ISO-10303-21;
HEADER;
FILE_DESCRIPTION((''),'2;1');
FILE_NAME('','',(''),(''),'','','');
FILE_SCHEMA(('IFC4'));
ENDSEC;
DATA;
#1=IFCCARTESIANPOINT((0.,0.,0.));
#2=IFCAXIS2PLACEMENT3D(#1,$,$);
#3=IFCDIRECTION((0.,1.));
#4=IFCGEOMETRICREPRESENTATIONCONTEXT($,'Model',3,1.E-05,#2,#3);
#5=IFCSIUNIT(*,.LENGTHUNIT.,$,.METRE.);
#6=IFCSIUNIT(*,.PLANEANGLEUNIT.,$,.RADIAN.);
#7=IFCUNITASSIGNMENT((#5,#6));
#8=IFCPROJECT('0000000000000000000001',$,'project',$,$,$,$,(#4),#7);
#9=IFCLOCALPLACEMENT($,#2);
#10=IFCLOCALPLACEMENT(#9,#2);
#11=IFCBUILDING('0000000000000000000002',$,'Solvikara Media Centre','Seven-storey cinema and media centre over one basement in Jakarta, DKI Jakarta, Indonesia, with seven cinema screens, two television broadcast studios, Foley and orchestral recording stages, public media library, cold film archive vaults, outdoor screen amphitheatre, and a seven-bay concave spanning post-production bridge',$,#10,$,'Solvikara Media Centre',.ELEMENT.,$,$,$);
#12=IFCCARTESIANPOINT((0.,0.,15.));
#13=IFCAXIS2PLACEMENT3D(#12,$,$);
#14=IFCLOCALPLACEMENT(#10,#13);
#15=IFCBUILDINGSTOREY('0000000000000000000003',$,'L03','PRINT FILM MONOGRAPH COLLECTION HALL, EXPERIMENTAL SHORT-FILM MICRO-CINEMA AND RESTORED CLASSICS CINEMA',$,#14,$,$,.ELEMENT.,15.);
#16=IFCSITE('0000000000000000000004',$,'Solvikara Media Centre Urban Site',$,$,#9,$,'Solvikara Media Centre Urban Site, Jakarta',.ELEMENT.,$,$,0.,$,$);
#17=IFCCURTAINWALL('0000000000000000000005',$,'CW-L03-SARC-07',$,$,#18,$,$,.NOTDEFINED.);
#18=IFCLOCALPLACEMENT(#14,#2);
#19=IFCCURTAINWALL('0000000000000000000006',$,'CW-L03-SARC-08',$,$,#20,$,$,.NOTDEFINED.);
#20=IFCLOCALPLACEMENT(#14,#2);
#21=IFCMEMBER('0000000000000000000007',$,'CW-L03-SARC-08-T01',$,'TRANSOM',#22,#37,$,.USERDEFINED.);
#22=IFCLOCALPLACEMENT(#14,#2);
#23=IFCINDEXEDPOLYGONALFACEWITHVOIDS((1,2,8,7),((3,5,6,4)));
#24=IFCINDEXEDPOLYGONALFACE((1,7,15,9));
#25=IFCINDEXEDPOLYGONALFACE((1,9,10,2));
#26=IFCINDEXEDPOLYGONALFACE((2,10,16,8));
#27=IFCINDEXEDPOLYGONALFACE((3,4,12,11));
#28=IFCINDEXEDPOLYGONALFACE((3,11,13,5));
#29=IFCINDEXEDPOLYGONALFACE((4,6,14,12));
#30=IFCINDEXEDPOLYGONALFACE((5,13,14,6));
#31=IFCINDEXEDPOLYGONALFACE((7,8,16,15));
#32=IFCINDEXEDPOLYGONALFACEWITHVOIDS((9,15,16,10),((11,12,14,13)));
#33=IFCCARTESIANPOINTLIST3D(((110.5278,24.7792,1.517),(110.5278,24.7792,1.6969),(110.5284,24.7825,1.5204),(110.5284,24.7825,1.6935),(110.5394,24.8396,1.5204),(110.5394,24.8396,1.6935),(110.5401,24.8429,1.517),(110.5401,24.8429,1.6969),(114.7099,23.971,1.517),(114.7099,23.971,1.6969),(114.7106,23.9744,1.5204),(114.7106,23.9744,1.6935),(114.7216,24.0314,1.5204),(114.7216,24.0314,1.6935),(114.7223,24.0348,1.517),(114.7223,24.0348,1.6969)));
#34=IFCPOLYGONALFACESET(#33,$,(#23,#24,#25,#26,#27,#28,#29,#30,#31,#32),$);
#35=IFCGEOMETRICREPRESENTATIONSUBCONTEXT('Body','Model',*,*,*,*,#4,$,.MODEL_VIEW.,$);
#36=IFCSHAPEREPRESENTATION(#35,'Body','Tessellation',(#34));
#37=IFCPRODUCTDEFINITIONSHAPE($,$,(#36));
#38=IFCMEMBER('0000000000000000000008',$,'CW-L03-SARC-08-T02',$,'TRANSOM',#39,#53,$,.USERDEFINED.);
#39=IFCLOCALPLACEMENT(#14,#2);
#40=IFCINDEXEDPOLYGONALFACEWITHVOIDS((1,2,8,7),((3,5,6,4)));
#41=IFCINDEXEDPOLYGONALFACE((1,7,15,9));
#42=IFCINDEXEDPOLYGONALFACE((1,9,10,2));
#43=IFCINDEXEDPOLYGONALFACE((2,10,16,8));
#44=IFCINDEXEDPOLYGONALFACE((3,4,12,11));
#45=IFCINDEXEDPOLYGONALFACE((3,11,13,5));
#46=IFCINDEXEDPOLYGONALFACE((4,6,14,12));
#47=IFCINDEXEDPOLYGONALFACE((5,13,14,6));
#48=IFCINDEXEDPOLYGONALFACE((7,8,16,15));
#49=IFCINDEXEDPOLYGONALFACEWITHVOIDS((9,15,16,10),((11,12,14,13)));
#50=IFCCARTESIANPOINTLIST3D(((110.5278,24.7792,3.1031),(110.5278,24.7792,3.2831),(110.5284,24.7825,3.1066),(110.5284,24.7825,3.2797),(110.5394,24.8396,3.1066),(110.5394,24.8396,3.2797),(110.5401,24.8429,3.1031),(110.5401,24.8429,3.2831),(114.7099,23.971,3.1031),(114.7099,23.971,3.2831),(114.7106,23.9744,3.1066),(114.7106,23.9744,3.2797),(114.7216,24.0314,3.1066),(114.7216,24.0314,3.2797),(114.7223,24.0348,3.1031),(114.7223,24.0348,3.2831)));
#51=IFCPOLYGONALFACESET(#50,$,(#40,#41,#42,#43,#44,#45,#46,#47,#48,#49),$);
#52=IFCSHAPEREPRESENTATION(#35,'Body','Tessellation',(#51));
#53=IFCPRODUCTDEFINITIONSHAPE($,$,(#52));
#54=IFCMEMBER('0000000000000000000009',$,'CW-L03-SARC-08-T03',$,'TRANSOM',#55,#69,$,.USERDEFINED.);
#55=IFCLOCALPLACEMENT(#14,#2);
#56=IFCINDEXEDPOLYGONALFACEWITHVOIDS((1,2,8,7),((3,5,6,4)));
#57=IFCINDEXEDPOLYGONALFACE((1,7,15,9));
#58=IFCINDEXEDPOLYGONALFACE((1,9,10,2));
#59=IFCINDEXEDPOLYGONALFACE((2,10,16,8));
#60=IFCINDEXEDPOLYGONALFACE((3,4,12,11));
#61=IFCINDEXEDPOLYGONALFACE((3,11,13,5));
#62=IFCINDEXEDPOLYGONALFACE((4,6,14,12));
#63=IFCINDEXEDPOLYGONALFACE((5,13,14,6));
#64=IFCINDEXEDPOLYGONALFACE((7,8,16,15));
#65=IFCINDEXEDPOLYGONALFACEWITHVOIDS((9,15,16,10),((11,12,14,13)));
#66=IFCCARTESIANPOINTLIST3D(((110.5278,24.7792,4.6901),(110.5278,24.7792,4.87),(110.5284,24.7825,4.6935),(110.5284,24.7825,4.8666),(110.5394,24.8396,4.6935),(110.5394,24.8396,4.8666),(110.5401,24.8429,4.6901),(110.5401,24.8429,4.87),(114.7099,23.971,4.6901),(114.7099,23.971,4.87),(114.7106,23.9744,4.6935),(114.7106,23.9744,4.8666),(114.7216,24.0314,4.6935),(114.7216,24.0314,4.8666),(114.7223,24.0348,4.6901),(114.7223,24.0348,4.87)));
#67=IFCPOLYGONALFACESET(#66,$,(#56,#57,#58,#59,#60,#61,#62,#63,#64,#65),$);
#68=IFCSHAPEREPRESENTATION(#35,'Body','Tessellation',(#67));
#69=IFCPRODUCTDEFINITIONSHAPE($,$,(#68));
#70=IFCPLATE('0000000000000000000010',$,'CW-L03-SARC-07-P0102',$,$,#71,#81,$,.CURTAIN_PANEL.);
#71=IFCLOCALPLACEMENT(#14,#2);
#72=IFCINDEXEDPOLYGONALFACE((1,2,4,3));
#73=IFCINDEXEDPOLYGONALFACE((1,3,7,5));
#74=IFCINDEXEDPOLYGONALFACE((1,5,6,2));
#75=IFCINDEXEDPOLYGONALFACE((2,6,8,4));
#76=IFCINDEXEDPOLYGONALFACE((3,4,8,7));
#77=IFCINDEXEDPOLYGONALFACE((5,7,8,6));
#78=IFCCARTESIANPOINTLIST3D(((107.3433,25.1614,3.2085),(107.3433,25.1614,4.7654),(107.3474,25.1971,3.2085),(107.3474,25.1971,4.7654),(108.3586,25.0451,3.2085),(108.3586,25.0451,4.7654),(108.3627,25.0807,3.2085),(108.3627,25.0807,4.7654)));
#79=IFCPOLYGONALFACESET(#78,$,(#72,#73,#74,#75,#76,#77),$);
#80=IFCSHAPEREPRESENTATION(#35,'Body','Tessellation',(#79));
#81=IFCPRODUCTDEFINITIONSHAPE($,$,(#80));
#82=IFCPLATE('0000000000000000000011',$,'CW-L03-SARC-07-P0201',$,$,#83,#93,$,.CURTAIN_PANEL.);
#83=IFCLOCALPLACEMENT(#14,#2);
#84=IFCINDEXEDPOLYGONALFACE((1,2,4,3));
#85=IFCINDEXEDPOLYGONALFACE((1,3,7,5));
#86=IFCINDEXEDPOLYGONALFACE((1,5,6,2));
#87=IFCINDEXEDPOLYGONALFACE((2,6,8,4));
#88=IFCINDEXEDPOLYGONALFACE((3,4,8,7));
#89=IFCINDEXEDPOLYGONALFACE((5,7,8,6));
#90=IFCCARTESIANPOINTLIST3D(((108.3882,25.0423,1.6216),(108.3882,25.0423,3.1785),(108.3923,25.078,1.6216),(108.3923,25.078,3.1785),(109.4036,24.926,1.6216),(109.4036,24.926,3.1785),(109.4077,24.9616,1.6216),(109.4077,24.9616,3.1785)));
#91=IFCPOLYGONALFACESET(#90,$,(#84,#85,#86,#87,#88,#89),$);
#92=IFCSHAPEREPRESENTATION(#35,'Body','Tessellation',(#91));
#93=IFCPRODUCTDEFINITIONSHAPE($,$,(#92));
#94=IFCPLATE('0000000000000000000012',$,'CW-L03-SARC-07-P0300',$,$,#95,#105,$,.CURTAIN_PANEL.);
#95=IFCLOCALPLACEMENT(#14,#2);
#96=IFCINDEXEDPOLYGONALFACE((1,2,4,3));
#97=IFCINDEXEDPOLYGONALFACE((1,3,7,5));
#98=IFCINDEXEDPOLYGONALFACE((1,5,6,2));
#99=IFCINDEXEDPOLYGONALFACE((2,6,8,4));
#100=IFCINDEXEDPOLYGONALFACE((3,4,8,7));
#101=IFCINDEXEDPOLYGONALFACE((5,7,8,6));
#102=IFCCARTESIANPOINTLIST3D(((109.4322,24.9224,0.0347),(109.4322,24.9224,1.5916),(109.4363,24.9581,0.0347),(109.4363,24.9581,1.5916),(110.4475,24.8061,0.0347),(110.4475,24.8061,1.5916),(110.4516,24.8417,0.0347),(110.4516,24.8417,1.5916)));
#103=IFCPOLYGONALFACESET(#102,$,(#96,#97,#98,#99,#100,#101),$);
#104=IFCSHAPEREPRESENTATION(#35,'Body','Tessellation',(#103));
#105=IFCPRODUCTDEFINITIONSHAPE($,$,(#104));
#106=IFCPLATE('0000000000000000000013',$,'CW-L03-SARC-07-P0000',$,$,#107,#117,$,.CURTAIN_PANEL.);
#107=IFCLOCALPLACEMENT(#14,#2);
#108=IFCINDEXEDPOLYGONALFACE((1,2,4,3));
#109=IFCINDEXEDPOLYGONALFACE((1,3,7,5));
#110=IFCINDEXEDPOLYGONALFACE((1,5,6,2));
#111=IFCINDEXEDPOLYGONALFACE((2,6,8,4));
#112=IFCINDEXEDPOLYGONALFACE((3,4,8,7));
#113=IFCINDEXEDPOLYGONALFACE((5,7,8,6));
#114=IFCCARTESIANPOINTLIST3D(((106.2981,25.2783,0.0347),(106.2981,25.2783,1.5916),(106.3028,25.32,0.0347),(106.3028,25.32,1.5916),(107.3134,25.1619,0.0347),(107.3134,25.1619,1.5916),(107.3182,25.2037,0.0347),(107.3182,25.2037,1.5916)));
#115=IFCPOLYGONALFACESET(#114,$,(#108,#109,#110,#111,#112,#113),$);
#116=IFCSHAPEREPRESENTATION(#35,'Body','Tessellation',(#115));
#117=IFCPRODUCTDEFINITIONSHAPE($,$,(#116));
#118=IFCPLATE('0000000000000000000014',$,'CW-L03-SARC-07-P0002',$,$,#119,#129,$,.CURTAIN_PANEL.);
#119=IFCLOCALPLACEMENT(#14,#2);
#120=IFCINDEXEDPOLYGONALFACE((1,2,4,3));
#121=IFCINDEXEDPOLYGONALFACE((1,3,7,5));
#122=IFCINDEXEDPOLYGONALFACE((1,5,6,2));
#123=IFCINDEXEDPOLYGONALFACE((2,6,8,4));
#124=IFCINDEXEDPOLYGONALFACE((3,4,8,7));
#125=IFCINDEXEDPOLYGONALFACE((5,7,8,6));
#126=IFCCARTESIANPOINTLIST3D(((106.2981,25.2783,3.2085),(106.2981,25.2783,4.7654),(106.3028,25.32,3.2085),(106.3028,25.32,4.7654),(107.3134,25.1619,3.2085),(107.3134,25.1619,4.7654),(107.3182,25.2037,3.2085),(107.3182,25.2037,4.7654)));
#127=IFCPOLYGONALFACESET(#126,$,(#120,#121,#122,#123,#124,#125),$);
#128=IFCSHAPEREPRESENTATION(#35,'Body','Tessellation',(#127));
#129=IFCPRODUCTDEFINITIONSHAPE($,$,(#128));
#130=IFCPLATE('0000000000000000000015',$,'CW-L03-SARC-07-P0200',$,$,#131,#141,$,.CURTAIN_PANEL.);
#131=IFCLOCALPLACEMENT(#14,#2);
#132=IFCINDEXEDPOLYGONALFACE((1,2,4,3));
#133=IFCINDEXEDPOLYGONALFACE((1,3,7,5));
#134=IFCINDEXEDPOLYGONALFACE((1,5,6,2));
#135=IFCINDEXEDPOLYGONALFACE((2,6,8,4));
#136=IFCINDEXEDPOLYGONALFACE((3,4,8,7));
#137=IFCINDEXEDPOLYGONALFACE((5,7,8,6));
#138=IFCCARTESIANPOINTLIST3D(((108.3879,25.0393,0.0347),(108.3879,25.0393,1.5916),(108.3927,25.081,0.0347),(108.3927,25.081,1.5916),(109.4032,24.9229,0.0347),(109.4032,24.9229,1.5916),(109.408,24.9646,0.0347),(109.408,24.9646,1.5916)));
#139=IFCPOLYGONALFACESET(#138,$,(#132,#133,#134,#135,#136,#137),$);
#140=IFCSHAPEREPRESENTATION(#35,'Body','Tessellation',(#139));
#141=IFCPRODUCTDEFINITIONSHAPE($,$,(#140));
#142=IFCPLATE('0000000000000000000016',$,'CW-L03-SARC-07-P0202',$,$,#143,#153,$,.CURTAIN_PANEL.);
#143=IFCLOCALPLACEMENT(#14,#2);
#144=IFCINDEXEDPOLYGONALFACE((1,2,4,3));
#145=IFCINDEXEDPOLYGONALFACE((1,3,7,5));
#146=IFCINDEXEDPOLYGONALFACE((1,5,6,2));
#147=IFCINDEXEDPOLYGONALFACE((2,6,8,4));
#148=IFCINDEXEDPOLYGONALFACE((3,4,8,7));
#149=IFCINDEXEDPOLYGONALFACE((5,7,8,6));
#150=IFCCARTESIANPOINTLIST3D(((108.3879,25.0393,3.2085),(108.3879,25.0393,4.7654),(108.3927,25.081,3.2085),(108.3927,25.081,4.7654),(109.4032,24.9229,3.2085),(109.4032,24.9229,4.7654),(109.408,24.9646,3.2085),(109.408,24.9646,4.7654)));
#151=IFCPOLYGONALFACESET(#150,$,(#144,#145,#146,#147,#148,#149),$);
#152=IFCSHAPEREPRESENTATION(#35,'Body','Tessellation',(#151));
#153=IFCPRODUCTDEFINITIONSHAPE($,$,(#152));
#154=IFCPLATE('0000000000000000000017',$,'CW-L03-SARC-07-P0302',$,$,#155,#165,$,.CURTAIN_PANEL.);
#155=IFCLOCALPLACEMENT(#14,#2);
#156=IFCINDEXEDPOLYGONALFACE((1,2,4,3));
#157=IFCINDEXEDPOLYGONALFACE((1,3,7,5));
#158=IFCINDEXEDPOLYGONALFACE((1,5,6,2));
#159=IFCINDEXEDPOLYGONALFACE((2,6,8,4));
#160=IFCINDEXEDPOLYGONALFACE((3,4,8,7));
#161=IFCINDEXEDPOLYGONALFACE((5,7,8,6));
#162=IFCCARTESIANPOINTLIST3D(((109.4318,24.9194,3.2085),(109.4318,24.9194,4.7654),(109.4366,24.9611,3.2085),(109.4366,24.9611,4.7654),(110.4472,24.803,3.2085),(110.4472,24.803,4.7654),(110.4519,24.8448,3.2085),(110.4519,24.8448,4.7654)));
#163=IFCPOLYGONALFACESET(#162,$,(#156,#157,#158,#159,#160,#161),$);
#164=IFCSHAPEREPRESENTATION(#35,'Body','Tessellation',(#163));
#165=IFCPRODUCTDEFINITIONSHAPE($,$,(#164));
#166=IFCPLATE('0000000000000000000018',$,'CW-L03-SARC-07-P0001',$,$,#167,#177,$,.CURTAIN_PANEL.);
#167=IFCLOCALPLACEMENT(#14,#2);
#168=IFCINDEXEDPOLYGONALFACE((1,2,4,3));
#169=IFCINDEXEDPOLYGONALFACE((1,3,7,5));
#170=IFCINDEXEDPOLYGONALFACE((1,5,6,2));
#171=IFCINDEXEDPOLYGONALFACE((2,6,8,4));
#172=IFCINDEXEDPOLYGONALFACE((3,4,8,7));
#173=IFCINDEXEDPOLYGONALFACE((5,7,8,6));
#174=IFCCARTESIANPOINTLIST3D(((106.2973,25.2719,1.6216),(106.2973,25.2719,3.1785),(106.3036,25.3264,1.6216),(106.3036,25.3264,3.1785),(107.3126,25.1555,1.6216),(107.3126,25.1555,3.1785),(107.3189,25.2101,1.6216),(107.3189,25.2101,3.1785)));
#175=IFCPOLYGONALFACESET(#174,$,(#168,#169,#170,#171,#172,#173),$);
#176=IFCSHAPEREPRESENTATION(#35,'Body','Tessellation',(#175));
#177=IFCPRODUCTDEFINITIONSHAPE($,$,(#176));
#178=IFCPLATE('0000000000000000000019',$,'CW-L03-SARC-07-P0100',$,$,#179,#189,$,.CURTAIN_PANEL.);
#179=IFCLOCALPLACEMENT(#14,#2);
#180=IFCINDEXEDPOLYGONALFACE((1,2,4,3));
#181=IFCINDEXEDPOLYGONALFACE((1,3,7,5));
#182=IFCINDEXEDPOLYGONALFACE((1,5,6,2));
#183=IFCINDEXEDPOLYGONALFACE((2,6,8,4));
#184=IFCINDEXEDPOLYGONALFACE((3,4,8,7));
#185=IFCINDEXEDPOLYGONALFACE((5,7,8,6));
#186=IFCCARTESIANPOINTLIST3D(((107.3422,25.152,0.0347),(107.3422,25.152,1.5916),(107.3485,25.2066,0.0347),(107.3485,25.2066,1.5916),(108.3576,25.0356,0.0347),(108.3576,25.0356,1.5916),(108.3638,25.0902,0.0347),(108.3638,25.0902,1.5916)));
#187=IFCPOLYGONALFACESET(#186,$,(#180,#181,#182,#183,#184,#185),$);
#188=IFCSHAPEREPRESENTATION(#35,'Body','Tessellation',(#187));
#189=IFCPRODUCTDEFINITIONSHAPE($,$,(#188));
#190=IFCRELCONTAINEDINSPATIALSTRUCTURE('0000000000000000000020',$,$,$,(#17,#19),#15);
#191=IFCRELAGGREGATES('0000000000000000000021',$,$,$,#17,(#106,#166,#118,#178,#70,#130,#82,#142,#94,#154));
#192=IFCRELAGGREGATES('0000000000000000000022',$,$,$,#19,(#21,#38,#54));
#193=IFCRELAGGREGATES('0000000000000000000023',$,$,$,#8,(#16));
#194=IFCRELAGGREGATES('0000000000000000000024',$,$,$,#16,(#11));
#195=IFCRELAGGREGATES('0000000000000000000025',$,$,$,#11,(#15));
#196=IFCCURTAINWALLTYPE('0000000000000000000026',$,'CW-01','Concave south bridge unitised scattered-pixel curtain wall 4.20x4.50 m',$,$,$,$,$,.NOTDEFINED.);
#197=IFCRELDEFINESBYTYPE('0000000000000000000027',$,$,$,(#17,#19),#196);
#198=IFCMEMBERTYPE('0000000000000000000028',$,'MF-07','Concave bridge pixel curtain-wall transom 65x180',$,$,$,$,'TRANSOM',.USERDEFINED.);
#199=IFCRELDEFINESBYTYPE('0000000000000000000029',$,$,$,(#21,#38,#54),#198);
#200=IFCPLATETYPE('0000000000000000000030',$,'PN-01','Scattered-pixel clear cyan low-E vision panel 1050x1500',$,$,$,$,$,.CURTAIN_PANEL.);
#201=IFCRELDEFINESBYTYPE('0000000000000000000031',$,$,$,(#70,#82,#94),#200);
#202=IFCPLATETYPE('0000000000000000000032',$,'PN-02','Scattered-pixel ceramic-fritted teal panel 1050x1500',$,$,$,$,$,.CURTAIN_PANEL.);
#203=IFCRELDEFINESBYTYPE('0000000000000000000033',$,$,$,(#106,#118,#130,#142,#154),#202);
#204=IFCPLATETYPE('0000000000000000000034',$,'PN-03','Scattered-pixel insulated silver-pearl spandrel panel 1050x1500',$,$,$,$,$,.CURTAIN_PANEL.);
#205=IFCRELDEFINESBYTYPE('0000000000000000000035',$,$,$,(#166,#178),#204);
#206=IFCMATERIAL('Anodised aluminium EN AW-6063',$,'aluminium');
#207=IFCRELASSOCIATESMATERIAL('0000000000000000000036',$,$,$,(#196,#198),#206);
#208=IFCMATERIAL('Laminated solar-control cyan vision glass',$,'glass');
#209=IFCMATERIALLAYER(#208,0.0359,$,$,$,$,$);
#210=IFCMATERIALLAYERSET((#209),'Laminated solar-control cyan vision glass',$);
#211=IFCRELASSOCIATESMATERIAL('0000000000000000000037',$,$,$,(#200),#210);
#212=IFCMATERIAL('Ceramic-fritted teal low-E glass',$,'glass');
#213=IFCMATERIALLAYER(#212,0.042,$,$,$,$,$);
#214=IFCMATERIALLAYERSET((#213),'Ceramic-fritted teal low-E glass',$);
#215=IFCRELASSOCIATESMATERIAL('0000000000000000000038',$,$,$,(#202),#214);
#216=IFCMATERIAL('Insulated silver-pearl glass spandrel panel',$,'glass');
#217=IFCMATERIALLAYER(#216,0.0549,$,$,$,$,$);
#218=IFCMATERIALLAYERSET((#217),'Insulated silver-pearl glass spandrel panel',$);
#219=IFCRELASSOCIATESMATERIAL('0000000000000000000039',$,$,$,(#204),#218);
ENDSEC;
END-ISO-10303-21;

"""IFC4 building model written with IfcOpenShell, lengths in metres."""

from ifc_helpers import new_model, si_unit, direction, frame, origin, origin_2d, place, context, subcontext, project, spatial, rectangle, hollow_rectangle, extrude, material, layer, layer_set, material_profile, profile_set, type_object, element, aggregate, save


model = new_model("IFC4")

# Units and contexts
model_context = context("Model", 3, precision=1e-05, world=origin(), true_north=direction((0.0, 1.0)))
body_context = subcontext(model_context, "Body", "Model", "MODEL_VIEW")
ifc_project = project(units=[si_unit("LENGTHUNIT", "METRE"), si_unit("PLANEANGLEUNIT", "RADIAN")], contexts=[model_context])

# Site, building, storey
site_placement = place(None, origin())
site = spatial("IfcSite", under=ifc_project, at=site_placement, Name="Solvikara Media Centre Urban Site", LongName="Solvikara Media Centre Urban Site, Jakarta", CompositionType="ELEMENT", RefElevation=0.0)
building_placement = place(site_placement, origin())
building = spatial("IfcBuilding", under=site, at=building_placement, Name="Solvikara Media Centre", Description="Seven-storey cinema and media centre over one basement in Jakarta, DKI Jakarta, Indonesia, with seven cinema screens, two television broadcast studios, Foley and orchestral recording stages, public media library, cold film archive vaults, outdoor screen amphitheatre, and a seven-bay concave spanning post-production bridge", LongName="Solvikara Media Centre", CompositionType="ELEMENT")
storey_placement = place(building_placement, frame((0.0, 0.0, 15.0)))
storey = spatial("IfcBuildingStorey", under=building, at=storey_placement, Name="L03", Description="PRINT FILM MONOGRAPH COLLECTION HALL, EXPERIMENTAL SHORT-FILM MICRO-CINEMA AND RESTORED CLASSICS CINEMA", CompositionType="ELEMENT", Elevation=15.0)

# Curtain wall
ifc_material_1 = material(Name="Anodised aluminium EN AW-6063", Category="aluminium")
curtain_wall_type = type_object("IfcCurtainWallType", Name="CW-01", Description="Concave south bridge unitised scattered-pixel curtain wall 4.20x4.50 m", PredefinedType="NOTDEFINED", material=ifc_material_1)
curtain_wall_1_placement = place(storey_placement, origin())
curtain_wall_1 = element("IfcCurtainWall", 1, at=curtain_wall_1_placement, inside=storey, type_object=curtain_wall_type, Name="CW-L03-SARC-07", PredefinedType="NOTDEFINED")

# Curtain wall
curtain_wall_2_placement = place(storey_placement, origin())
curtain_wall_2 = element("IfcCurtainWall", 2, at=curtain_wall_2_placement, inside=storey, type_object=curtain_wall_type, Name="CW-L03-SARC-08", PredefinedType="NOTDEFINED")

# Members
ifc_material_profile_1 = material_profile(ifc_material_1, hollow_rectangle(XDim=0.0649, YDim=0.1799, WallThickness=0.0034, at=origin_2d()), Name="ALU-T 65x180x3.5")
ifc_profile_set_1 = profile_set([ifc_material_profile_1], Name="Anodised aluminium EN AW-6063")
member_type_1 = type_object("IfcMemberType", Name="MF-07", Description="Concave bridge pixel curtain-wall transom 65x180", ElementType="TRANSOM", PredefinedType="USERDEFINED", material=ifc_profile_set_1)
member_1_placement = place(storey_placement, frame((110.5339, 24.811, 1.6069), z_axis=(0.981838, -0.189719, 0.0), x_axis=(0.189719, 0.981838, 0.0)))
member_1 = element("IfcMember", 3, at=member_1_placement, type_object=member_type_1, Name="CW-L03-SARC-08-T01", ObjectType="TRANSOM", PredefinedType="USERDEFINED", context=body_context, shape_type="SweptSolid", body=[
    extrude(hollow_rectangle(XDim=0.0649, YDim=0.1799, WallThickness=0.0034, at=origin_2d()), origin(), (0.0, 0.0, 1.0), 4.2595),
])
member_2_placement = place(storey_placement, frame((110.5339, 24.811, 3.1931), z_axis=(0.981838, -0.189719, 0.0), x_axis=(0.189719, 0.981838, 0.0)))
member_2 = element("IfcMember", 4, at=member_2_placement, type_object=member_type_1, Name="CW-L03-SARC-08-T02", ObjectType="TRANSOM", PredefinedType="USERDEFINED", context=body_context, shape_type="SweptSolid", body=[
    extrude(hollow_rectangle(XDim=0.0649, YDim=0.1799, WallThickness=0.0034, at=origin_2d()), origin(), (0.0, 0.0, 1.0), 4.2595),
])
member_3_placement = place(storey_placement, frame((110.5339, 24.811, 4.78), z_axis=(0.981838, -0.189719, 0.0), x_axis=(0.189719, 0.981838, 0.0)))
member_3 = element("IfcMember", 5, at=member_3_placement, type_object=member_type_1, Name="CW-L03-SARC-08-T03", ObjectType="TRANSOM", PredefinedType="USERDEFINED", context=body_context, shape_type="SweptSolid", body=[
    extrude(hollow_rectangle(XDim=0.0649, YDim=0.1799, WallThickness=0.0034, at=origin_2d()), origin(), (0.0, 0.0, 1.0), 4.2595),
])

# Plates
ifc_material_2 = material(Name="Laminated solar-control cyan vision glass", Category="glass")
ifc_layer_1 = layer(ifc_material_2, 0.0359)
ifc_layer_set_1 = layer_set([ifc_layer_1], Name="Laminated solar-control cyan vision glass")
plate_type_1 = type_object("IfcPlateType", Name="PN-01", Description="Scattered-pixel clear cyan low-E vision panel 1050x1500", PredefinedType="CURTAIN_PANEL", material=ifc_layer_set_1)
plate_1_placement = place(storey_placement, frame((107.853, 25.1211, 3.2085), z_axis=(0.0, 0.0, 1.0), x_axis=(0.993499, -0.113845, 0.0)))
plate_1 = element("IfcPlate", 6, at=plate_1_placement, type_object=plate_type_1, Name="CW-L03-SARC-07-P0102", PredefinedType="CURTAIN_PANEL", context=body_context, shape_type="SweptSolid", body=[
    extrude(rectangle(XDim=1.022, YDim=0.0359, at=origin_2d()), origin(), (0.0, 0.0, 1.0), 1.5569),
])
plate_2_placement = place(storey_placement, frame((108.8979, 25.002, 1.6216), z_axis=(0.0, 0.0, 1.0), x_axis=(0.993499, -0.113845, 0.0)))
plate_2 = element("IfcPlate", 7, at=plate_2_placement, type_object=plate_type_1, Name="CW-L03-SARC-07-P0201", PredefinedType="CURTAIN_PANEL", context=body_context, shape_type="SweptSolid", body=[
    extrude(rectangle(XDim=1.022, YDim=0.0359, at=origin_2d()), origin(), (0.0, 0.0, 1.0), 1.5569),
])
plate_3_placement = place(storey_placement, frame((109.9419, 24.8821, 0.0347), z_axis=(0.0, 0.0, 1.0), x_axis=(0.993499, -0.113845, 0.0)))
plate_3 = element("IfcPlate", 8, at=plate_3_placement, type_object=plate_type_1, Name="CW-L03-SARC-07-P0300", PredefinedType="CURTAIN_PANEL", context=body_context, shape_type="SweptSolid", body=[
    extrude(rectangle(XDim=1.022, YDim=0.0359, at=origin_2d()), origin(), (0.0, 0.0, 1.0), 1.5569),
])
ifc_material_3 = material(Name="Ceramic-fritted teal low-E glass", Category="glass")
ifc_layer_2 = layer(ifc_material_3, 0.042)
ifc_layer_set_2 = layer_set([ifc_layer_2], Name="Ceramic-fritted teal low-E glass")
plate_type_2 = type_object("IfcPlateType", Name="PN-02", Description="Scattered-pixel ceramic-fritted teal panel 1050x1500", PredefinedType="CURTAIN_PANEL", material=ifc_layer_set_2)
plate_4_placement = place(storey_placement, frame((106.8081, 25.241, 0.0347), z_axis=(0.0, 0.0, 1.0), x_axis=(0.993499, -0.113845, 0.0)))
plate_4 = element("IfcPlate", 9, at=plate_4_placement, type_object=plate_type_2, Name="CW-L03-SARC-07-P0000", PredefinedType="CURTAIN_PANEL", context=body_context, shape_type="SweptSolid", body=[
    extrude(rectangle(XDim=1.022, YDim=0.042, at=origin_2d()), origin(), (0.0, 0.0, 1.0), 1.5569),
])
plate_5_placement = place(storey_placement, frame((106.8081, 25.241, 3.2085), z_axis=(0.0, 0.0, 1.0), x_axis=(0.993499, -0.113845, 0.0)))
plate_5 = element("IfcPlate", 10, at=plate_5_placement, type_object=plate_type_2, Name="CW-L03-SARC-07-P0002", PredefinedType="CURTAIN_PANEL", context=body_context, shape_type="SweptSolid", body=[
    extrude(rectangle(XDim=1.022, YDim=0.042, at=origin_2d()), origin(), (0.0, 0.0, 1.0), 1.5569),
])
plate_6_placement = place(storey_placement, frame((108.8979, 25.002, 0.0347), z_axis=(0.0, 0.0, 1.0), x_axis=(0.993499, -0.113845, 0.0)))
plate_6 = element("IfcPlate", 11, at=plate_6_placement, type_object=plate_type_2, Name="CW-L03-SARC-07-P0200", PredefinedType="CURTAIN_PANEL", context=body_context, shape_type="SweptSolid", body=[
    extrude(rectangle(XDim=1.022, YDim=0.042, at=origin_2d()), origin(), (0.0, 0.0, 1.0), 1.5569),
])
plate_7_placement = place(storey_placement, frame((108.8979, 25.002, 3.2085), z_axis=(0.0, 0.0, 1.0), x_axis=(0.993499, -0.113845, 0.0)))
plate_7 = element("IfcPlate", 12, at=plate_7_placement, type_object=plate_type_2, Name="CW-L03-SARC-07-P0202", PredefinedType="CURTAIN_PANEL", context=body_context, shape_type="SweptSolid", body=[
    extrude(rectangle(XDim=1.022, YDim=0.042, at=origin_2d()), origin(), (0.0, 0.0, 1.0), 1.5569),
])
plate_8_placement = place(storey_placement, frame((109.9419, 24.8821, 3.2085), z_axis=(0.0, 0.0, 1.0), x_axis=(0.993499, -0.113845, 0.0)))
plate_8 = element("IfcPlate", 13, at=plate_8_placement, type_object=plate_type_2, Name="CW-L03-SARC-07-P0302", PredefinedType="CURTAIN_PANEL", context=body_context, shape_type="SweptSolid", body=[
    extrude(rectangle(XDim=1.022, YDim=0.042, at=origin_2d()), origin(), (0.0, 0.0, 1.0), 1.5569),
])
ifc_material_4 = material(Name="Insulated silver-pearl glass spandrel panel", Category="glass")
ifc_layer_3 = layer(ifc_material_4, 0.0549)
ifc_layer_set_3 = layer_set([ifc_layer_3], Name="Insulated silver-pearl glass spandrel panel")
plate_type_3 = type_object("IfcPlateType", Name="PN-03", Description="Scattered-pixel insulated silver-pearl spandrel panel 1050x1500", PredefinedType="CURTAIN_PANEL", material=ifc_layer_set_3)
plate_9_placement = place(storey_placement, frame((106.8081, 25.241, 1.6216), z_axis=(0.0, 0.0, 1.0), x_axis=(0.993499, -0.113845, 0.0)))
plate_9 = element("IfcPlate", 14, at=plate_9_placement, type_object=plate_type_3, Name="CW-L03-SARC-07-P0001", PredefinedType="CURTAIN_PANEL", context=body_context, shape_type="SweptSolid", body=[
    extrude(rectangle(XDim=1.022, YDim=0.0549, at=origin_2d()), origin(), (0.0, 0.0, 1.0), 1.5569),
])
plate_10_placement = place(storey_placement, frame((107.853, 25.1211, 0.0347), z_axis=(0.0, 0.0, 1.0), x_axis=(0.993499, -0.113845, 0.0)))
plate_10 = element("IfcPlate", 15, at=plate_10_placement, type_object=plate_type_3, Name="CW-L03-SARC-07-P0100", PredefinedType="CURTAIN_PANEL", context=body_context, shape_type="SweptSolid", body=[
    extrude(rectangle(XDim=1.022, YDim=0.0549, at=origin_2d()), origin(), (0.0, 0.0, 1.0), 1.5569),
])
aggregate(curtain_wall_1, [plate_4, plate_9, plate_5, plate_10, plate_1, plate_6, plate_2, plate_7, plate_3, plate_8])
aggregate(curtain_wall_2, [member_1, member_2, member_3])

save(model, "model.ifc")
